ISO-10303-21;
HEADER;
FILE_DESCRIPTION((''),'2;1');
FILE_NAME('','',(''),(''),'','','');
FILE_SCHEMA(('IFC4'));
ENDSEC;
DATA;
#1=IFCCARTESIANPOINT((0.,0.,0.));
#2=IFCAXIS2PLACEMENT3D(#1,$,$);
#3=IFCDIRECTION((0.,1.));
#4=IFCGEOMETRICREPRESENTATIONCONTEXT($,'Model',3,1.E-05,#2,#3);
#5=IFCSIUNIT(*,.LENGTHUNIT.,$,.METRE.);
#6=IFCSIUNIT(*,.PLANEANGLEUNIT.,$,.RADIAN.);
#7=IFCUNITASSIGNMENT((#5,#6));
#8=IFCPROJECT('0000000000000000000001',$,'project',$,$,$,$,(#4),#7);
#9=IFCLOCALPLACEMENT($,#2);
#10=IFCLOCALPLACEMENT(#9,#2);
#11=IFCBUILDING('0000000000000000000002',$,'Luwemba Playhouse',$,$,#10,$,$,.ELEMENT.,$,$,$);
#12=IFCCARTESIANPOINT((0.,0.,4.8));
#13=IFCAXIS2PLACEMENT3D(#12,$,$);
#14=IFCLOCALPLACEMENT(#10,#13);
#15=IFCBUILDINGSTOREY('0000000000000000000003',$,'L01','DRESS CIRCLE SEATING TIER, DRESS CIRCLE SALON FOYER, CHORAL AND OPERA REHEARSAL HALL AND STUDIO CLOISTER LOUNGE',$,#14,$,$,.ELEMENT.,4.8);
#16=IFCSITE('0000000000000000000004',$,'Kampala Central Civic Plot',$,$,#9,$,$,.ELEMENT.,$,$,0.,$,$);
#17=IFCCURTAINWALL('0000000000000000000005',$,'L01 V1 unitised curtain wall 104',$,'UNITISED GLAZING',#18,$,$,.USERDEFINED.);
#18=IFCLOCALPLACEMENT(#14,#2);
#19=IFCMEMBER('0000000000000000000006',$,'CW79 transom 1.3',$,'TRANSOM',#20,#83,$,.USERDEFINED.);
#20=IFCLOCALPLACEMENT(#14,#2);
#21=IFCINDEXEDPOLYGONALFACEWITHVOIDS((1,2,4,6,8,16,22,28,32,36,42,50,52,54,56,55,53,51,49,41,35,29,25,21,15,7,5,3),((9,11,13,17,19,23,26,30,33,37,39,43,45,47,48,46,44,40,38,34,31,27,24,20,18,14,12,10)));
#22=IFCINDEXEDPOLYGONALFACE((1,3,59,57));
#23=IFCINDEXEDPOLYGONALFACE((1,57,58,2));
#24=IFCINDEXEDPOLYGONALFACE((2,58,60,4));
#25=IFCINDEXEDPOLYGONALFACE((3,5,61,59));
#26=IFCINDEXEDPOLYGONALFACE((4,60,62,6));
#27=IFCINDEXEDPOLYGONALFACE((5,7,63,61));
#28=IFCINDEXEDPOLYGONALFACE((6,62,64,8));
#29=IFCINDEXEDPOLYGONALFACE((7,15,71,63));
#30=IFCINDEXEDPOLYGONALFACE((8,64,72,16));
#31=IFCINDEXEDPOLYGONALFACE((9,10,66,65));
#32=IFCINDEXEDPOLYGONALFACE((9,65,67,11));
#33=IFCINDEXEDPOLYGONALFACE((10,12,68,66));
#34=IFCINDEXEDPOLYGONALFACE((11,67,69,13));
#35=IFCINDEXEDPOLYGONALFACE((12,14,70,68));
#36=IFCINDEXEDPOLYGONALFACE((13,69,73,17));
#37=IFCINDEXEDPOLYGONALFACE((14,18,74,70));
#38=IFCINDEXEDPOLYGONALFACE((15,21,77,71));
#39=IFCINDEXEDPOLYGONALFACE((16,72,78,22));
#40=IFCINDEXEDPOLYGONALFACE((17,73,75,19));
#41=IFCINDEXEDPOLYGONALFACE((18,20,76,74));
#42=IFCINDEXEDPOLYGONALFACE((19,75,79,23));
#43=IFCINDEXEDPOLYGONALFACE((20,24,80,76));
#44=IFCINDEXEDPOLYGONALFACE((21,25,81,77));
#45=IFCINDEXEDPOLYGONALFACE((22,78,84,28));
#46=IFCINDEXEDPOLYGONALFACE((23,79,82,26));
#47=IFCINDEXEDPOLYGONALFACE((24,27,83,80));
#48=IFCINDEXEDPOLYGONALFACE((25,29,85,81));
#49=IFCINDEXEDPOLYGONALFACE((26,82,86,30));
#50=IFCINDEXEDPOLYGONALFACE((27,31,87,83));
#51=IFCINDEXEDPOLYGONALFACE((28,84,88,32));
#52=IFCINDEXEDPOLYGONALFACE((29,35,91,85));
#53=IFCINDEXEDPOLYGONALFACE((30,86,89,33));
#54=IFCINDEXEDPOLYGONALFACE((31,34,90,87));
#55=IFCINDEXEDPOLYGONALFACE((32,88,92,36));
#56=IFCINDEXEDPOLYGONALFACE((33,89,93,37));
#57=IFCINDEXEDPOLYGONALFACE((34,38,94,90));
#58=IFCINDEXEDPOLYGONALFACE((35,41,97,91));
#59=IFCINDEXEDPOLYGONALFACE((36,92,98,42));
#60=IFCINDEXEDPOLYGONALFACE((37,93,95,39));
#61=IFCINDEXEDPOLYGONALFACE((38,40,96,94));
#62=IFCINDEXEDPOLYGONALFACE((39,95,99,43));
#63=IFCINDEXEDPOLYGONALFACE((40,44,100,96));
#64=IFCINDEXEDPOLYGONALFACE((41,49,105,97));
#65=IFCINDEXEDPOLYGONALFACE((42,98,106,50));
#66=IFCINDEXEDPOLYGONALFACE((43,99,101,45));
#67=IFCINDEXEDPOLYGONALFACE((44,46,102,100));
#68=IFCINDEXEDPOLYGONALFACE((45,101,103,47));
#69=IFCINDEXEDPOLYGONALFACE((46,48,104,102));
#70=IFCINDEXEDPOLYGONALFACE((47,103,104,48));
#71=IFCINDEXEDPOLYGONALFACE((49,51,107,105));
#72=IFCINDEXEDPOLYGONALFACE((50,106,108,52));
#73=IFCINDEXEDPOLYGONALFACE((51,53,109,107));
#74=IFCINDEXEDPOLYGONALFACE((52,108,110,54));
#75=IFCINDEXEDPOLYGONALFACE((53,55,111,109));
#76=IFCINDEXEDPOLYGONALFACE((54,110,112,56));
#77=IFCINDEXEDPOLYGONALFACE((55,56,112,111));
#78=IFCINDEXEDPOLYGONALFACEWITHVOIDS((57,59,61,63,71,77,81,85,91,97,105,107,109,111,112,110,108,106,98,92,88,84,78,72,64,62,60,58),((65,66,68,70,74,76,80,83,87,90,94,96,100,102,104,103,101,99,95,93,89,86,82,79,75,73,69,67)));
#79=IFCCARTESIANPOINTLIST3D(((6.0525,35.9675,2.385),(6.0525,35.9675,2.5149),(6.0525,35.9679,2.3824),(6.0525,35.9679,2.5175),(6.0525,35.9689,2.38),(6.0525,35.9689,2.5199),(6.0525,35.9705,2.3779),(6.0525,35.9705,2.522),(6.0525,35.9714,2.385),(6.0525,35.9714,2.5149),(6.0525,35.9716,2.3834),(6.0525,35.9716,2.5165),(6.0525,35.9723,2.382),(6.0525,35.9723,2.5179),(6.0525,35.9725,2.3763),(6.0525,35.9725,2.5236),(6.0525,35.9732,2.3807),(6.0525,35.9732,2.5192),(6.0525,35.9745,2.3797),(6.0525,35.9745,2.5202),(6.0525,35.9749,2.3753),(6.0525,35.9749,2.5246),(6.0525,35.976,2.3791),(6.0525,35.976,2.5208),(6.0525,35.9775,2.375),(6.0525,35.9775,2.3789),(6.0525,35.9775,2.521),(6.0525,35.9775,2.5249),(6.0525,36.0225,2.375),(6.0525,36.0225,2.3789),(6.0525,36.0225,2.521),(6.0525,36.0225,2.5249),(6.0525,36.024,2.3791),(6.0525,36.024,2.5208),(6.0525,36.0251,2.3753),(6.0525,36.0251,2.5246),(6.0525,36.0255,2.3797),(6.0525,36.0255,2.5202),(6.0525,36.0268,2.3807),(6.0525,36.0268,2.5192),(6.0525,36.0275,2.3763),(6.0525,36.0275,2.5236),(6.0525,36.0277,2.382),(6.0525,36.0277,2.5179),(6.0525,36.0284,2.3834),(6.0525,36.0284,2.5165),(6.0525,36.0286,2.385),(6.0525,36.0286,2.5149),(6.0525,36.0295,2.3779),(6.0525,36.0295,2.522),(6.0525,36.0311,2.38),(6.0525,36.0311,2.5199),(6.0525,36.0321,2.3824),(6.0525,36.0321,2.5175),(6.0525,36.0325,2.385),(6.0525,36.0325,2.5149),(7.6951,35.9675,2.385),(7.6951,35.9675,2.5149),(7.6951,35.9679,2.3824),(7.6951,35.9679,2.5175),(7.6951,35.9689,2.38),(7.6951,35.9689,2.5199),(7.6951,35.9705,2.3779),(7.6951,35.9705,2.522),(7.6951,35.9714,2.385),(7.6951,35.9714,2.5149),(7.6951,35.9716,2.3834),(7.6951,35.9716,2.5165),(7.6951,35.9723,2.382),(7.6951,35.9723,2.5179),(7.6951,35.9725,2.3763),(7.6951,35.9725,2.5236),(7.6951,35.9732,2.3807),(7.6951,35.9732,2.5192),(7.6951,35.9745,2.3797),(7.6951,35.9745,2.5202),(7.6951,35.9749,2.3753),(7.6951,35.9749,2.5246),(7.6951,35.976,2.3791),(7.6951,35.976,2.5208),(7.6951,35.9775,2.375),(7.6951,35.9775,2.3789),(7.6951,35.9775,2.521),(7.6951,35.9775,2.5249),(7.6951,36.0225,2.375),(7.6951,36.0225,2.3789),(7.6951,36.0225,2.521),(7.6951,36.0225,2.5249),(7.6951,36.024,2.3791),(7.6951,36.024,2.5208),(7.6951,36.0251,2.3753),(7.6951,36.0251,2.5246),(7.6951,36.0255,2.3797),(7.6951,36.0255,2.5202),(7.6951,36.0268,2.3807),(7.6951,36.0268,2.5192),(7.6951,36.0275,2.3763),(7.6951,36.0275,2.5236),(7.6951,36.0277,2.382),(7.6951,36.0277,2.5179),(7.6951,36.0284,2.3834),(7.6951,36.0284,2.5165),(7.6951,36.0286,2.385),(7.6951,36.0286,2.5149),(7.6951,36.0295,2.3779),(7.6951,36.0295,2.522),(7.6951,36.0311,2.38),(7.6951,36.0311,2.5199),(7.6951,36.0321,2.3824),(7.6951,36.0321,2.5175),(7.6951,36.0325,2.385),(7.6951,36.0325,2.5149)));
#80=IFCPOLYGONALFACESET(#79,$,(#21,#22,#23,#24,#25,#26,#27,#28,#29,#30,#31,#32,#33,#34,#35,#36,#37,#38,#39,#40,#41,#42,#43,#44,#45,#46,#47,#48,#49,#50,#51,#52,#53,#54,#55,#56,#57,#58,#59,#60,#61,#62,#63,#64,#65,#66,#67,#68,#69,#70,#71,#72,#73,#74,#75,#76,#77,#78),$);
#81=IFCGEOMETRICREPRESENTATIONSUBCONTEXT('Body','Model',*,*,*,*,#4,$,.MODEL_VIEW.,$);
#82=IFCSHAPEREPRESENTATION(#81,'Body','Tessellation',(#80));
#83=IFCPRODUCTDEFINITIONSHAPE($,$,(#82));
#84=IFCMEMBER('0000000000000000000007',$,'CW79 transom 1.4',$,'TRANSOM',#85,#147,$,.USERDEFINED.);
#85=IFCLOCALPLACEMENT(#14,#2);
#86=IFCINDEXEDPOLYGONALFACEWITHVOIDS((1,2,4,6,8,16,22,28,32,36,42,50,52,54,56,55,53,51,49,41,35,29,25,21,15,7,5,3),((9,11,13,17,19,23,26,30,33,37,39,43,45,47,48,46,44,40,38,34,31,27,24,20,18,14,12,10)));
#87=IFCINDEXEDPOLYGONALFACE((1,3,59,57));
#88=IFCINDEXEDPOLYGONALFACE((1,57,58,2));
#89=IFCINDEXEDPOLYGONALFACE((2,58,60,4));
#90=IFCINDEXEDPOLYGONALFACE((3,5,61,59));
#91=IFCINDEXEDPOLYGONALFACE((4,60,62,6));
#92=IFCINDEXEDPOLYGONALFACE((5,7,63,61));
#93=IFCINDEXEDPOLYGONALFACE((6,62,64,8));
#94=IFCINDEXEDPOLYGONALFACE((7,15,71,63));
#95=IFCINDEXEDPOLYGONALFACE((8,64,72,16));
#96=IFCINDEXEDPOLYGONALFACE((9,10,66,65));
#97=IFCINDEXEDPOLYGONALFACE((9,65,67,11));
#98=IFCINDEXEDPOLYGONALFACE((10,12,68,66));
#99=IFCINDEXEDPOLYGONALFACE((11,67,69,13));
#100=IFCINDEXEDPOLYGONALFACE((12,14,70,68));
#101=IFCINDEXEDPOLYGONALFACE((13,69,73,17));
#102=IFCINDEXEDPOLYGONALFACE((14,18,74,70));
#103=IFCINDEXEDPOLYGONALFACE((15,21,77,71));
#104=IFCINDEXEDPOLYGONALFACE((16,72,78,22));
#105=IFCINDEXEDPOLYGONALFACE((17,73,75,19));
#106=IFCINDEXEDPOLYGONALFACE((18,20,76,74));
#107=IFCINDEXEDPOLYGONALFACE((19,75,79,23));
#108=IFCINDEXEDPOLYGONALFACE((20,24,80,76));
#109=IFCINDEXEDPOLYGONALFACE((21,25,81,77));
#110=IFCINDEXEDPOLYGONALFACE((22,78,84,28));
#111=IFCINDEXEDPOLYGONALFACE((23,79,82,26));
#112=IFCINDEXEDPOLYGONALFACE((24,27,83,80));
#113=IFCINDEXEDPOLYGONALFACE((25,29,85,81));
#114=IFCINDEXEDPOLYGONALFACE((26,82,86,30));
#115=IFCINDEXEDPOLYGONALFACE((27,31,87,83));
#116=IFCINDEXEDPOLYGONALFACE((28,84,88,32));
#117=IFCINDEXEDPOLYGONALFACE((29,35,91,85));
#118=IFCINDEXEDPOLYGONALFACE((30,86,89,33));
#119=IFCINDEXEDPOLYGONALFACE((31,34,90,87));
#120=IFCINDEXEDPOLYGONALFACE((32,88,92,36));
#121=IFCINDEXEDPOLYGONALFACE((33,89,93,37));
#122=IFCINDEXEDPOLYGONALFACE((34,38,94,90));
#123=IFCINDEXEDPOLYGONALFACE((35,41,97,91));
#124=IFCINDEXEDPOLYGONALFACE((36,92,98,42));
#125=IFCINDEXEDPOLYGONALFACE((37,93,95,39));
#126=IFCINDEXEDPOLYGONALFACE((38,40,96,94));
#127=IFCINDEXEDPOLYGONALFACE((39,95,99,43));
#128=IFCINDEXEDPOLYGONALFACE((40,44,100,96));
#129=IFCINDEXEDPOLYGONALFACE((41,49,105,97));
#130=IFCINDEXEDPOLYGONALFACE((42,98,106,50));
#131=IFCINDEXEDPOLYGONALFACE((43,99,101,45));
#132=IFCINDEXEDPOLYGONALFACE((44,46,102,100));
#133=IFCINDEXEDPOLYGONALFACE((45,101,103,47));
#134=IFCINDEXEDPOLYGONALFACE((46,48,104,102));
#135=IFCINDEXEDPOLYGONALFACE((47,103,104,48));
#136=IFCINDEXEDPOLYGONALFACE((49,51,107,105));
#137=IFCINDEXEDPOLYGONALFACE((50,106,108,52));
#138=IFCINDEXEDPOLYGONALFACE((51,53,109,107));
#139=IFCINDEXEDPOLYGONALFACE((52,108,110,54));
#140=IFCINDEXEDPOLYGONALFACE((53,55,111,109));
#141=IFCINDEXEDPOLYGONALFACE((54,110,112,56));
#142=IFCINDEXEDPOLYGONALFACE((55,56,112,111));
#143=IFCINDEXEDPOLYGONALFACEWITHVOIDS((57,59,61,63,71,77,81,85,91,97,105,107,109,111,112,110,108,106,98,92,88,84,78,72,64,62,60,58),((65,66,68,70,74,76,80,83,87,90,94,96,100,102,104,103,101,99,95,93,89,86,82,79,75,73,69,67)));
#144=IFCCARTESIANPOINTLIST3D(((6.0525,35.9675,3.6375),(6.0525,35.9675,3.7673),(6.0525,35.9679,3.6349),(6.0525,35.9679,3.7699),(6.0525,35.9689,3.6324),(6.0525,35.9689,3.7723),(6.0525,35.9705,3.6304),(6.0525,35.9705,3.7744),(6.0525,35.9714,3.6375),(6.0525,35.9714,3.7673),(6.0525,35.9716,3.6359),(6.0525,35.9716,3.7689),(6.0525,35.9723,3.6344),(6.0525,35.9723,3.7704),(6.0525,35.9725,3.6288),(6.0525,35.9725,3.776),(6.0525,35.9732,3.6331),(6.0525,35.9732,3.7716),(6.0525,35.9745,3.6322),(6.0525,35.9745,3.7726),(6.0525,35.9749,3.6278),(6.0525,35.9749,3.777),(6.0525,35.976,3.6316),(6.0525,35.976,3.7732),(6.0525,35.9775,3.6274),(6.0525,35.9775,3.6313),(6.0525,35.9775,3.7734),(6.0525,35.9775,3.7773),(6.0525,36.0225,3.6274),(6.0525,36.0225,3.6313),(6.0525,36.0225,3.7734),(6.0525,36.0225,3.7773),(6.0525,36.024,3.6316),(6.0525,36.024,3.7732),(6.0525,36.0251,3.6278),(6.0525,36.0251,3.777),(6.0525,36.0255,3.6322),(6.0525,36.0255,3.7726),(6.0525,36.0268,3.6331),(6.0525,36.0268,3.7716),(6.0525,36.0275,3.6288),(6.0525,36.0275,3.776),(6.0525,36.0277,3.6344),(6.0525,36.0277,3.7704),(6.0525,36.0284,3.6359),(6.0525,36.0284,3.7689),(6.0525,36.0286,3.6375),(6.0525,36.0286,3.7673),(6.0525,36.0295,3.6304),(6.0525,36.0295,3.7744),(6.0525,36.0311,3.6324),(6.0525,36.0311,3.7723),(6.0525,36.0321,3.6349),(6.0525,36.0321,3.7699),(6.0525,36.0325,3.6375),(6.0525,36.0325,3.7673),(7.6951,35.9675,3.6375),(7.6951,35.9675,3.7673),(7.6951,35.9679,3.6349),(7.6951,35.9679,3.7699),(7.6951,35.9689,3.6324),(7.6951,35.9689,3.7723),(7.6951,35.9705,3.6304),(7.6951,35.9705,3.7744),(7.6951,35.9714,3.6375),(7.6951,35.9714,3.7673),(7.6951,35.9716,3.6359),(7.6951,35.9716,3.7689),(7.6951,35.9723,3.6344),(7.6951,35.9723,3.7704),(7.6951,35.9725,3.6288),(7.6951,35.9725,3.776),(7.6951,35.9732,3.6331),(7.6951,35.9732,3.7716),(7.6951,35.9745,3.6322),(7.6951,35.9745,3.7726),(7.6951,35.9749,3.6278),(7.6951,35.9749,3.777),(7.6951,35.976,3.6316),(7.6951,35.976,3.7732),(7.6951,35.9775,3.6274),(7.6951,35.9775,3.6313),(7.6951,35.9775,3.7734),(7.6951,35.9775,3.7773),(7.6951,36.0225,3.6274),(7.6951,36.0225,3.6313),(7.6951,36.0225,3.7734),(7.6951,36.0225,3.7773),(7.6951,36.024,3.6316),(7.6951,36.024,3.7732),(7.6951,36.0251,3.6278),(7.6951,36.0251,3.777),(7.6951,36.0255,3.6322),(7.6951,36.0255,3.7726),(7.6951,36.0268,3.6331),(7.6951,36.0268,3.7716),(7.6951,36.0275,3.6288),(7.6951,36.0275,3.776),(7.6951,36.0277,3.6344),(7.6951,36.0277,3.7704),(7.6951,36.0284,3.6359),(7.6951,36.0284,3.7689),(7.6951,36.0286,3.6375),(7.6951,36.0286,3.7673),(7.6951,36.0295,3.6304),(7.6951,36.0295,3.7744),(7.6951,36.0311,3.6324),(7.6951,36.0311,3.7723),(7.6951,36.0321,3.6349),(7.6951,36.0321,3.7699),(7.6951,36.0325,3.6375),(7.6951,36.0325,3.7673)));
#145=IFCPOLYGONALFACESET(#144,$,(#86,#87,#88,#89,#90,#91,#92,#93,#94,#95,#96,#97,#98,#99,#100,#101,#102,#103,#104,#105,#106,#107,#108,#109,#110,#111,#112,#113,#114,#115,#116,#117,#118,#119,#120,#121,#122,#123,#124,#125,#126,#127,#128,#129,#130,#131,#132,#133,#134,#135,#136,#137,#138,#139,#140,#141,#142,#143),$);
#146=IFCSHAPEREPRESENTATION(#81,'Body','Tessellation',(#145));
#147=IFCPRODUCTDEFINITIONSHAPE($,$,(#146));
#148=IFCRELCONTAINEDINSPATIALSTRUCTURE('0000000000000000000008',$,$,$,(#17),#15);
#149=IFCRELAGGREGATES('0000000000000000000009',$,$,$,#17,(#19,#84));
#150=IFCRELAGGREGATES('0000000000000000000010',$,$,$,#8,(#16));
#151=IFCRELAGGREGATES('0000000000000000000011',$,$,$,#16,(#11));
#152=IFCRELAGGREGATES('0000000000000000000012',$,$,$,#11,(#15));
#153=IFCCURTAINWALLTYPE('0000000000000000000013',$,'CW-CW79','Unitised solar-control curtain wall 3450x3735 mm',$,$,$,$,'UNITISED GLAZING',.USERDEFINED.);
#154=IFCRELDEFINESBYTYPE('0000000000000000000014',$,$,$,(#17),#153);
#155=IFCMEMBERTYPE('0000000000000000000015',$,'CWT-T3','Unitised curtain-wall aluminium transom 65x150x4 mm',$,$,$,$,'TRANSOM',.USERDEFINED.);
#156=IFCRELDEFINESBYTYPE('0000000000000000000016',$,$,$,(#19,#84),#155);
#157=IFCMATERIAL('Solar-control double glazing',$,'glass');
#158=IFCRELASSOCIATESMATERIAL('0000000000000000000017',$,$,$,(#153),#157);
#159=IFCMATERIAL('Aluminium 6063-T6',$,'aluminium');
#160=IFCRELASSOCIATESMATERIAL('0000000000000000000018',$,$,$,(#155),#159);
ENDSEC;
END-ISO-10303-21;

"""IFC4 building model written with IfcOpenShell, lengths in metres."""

from ifc_helpers import new_model, si_unit, direction, frame, origin, origin_2d, place, context, subcontext, project, spatial, hollow_rectangle, extrude, material, material_profile, profile_set, type_object, element, aggregate, save


model = new_model("IFC4")

# Units and contexts
model_context = context("Model", 3, precision=1e-05, world=origin(), true_north=direction((0.0, 1.0)))
body_context = subcontext(model_context, "Body", "Model", "MODEL_VIEW")
ifc_project = project(units=[si_unit("LENGTHUNIT", "METRE"), si_unit("PLANEANGLEUNIT", "RADIAN")], contexts=[model_context])

# Site, building, storey
site_placement = place(None, origin())
site = spatial("IfcSite", under=ifc_project, at=site_placement, Name="Kampala Central Civic Plot", CompositionType="ELEMENT", RefElevation=0.0)
building_placement = place(site_placement, origin())
building = spatial("IfcBuilding", under=site, at=building_placement, Name="Luwemba Playhouse", CompositionType="ELEMENT")
storey_placement = place(building_placement, frame((0.0, 0.0, 4.8)))
storey = spatial("IfcBuildingStorey", under=building, at=storey_placement, Name="L01", Description="DRESS CIRCLE SEATING TIER, DRESS CIRCLE SALON FOYER, CHORAL AND OPERA REHEARSAL HALL AND STUDIO CLOISTER LOUNGE", CompositionType="ELEMENT", Elevation=4.8)

# Curtain wall, members
ifc_material_1 = material(Name="Solar-control double glazing", Category="glass")
curtain_wall_type = type_object("IfcCurtainWallType", Name="CW-CW79", Description="Unitised solar-control curtain wall 3450x3735 mm", ElementType="UNITISED GLAZING", PredefinedType="USERDEFINED", material=ifc_material_1)
curtain_wall_placement = place(storey_placement, origin())
curtain_wall = element("IfcCurtainWall", 1, at=curtain_wall_placement, inside=storey, type_object=curtain_wall_type, Name="L01 V1 unitised curtain wall 104", ObjectType="UNITISED GLAZING", PredefinedType="USERDEFINED")
ifc_material_2 = material(Name="Aluminium 6063-T6", Category="aluminium")
ifc_material_profile_1 = material_profile(ifc_material_2, hollow_rectangle(XDim=0.0649, YDim=0.1499, WallThickness=0.0039, InnerFilletRadius=0.0061, OuterFilletRadius=0.01, at=origin_2d()))
ifc_profile_set_1 = profile_set([ifc_material_profile_1], Name="Aluminium 6063-T6")
member_type_1 = type_object("IfcMemberType", Name="CWT-T3", Description="Unitised curtain-wall aluminium transom 65x150x4 mm", ElementType="TRANSOM", PredefinedType="USERDEFINED", material=ifc_profile_set_1)
member_1_placement = place(storey_placement, frame((7.6951, 36.0, 2.45), z_axis=(-1.0, 0.0, 0.0), x_axis=(0.0, -1.0, 0.0)))
member_1 = element("IfcMember", 2, at=member_1_placement, type_object=member_type_1, Name="CW79 transom 1.3", ObjectType="TRANSOM", PredefinedType="USERDEFINED", context=body_context, shape_type="SweptSolid", body=[
    extrude(hollow_rectangle(XDim=0.0649, YDim=0.1499, WallThickness=0.0039, InnerFilletRadius=0.0061, OuterFilletRadius=0.01, at=origin_2d()), origin(), (0.0, 0.0, 1.0), 1.6426),
])
member_2_placement = place(storey_placement, frame((7.6951, 36.0, 3.7024), z_axis=(-1.0, 0.0, 0.0), x_axis=(0.0, -1.0, 0.0)))
member_2 = element("IfcMember", 3, at=member_2_placement, type_object=member_type_1, Name="CW79 transom 1.4", ObjectType="TRANSOM", PredefinedType="USERDEFINED", context=body_context, shape_type="SweptSolid", body=[
    extrude(hollow_rectangle(XDim=0.0649, YDim=0.1499, WallThickness=0.0039, InnerFilletRadius=0.0061, OuterFilletRadius=0.01, at=origin_2d()), origin(), (0.0, 0.0, 1.0), 1.6426),
])
aggregate(curtain_wall, [member_1, member_2])

save(model, "model.ifc")
